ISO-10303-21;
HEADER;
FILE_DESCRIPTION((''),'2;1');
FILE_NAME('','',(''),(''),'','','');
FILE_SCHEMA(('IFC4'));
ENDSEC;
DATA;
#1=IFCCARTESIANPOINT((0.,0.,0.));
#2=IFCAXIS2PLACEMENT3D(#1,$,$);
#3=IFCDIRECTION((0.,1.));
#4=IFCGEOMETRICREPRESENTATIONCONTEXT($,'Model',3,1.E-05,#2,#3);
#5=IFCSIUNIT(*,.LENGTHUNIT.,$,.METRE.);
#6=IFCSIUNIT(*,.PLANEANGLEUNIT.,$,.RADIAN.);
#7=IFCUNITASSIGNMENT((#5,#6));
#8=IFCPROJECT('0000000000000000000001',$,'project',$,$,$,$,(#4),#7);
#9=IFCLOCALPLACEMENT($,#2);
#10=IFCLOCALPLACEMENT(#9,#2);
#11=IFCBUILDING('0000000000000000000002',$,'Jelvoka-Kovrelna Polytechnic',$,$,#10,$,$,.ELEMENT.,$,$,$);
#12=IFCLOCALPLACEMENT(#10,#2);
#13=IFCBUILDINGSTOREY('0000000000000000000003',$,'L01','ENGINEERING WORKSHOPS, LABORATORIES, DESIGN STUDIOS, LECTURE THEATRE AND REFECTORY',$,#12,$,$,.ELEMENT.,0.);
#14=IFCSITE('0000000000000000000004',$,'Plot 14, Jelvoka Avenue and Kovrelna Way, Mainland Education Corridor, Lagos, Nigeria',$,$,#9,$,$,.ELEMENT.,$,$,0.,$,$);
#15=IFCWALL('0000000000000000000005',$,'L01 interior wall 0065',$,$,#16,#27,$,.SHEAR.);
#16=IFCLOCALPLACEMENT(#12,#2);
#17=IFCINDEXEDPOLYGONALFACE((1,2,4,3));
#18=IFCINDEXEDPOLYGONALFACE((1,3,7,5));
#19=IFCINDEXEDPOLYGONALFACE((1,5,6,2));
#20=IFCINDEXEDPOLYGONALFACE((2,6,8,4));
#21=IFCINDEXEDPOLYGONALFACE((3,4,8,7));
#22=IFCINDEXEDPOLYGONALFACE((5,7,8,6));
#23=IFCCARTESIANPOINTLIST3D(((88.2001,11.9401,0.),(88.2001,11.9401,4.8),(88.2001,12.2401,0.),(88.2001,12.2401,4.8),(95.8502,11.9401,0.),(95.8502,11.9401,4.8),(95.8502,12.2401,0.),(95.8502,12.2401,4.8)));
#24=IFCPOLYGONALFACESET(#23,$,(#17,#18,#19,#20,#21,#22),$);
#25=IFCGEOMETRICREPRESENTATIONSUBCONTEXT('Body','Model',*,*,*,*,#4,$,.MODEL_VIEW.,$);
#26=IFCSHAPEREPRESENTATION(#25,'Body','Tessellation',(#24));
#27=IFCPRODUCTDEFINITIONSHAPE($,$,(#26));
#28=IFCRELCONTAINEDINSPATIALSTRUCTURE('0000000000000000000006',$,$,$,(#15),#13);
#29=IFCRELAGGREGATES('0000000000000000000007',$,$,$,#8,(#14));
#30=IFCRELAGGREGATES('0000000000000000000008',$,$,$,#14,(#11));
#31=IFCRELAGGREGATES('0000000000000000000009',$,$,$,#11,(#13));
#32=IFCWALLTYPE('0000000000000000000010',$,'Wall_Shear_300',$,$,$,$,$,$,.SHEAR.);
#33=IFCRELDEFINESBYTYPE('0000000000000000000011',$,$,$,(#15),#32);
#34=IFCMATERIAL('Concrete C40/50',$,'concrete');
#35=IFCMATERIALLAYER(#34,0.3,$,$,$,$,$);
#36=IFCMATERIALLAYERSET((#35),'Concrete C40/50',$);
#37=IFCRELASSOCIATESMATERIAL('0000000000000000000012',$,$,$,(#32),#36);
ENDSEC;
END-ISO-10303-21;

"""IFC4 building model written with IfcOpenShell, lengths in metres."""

from ifc_helpers import new_model, si_unit, direction, frame, frame_2d, origin, place, context, subcontext, project, spatial, rectangle, extrude, material, layer, layer_set, type_object, element, save


model = new_model("IFC4")

# Units and contexts
model_context = context("Model", 3, precision=1e-05, world=origin(), true_north=direction((0.0, 1.0)))
body_context = subcontext(model_context, "Body", "Model", "MODEL_VIEW")
ifc_project = project(units=[si_unit("LENGTHUNIT", "METRE"), si_unit("PLANEANGLEUNIT", "RADIAN")], contexts=[model_context])

# Site, building, storey
site_placement = place(None, origin())
site = spatial("IfcSite", under=ifc_project, at=site_placement, Name="Plot 14, Jelvoka Avenue and Kovrelna Way, Mainland Education Corridor, Lagos, Nigeria", CompositionType="ELEMENT", RefElevation=0.0)
building_placement = place(site_placement, origin())
building = spatial("IfcBuilding", under=site, at=building_placement, Name="Jelvoka-Kovrelna Polytechnic", CompositionType="ELEMENT")
storey_placement = place(building_placement, origin())
storey = spatial("IfcBuildingStorey", under=building, at=storey_placement, Name="L01", Description="ENGINEERING WORKSHOPS, LABORATORIES, DESIGN STUDIOS, LECTURE THEATRE AND REFECTORY", CompositionType="ELEMENT", Elevation=0.0)

# Wall
ifc_material_1 = material(Name="Concrete C40/50", Category="concrete")
ifc_layer_1 = layer(ifc_material_1, 0.3)
ifc_layer_set_1 = layer_set([ifc_layer_1], Name="Concrete C40/50")
wall_type_1 = type_object("IfcWallType", Name="Wall_Shear_300", PredefinedType="SHEAR", material=ifc_layer_set_1)
wall_1_placement = place(storey_placement, frame((88.2, 12.0901, 0.0), z_axis=(0.0, 0.0, 1.0), x_axis=(1.0, 0.0, 0.0)))
element("IfcWall", 1, at=wall_1_placement, inside=storey, type_object=wall_type_1, Name="L01 interior wall 0065", PredefinedType="SHEAR", context=body_context, shape_type="SweptSolid", body=[
    extrude(rectangle(XDim=7.6501, YDim=0.3, at=frame_2d((3.8252, 0.0))), origin(), (0.0, 0.0, 1.0), 4.8),
])

save(model, "model.ifc")
